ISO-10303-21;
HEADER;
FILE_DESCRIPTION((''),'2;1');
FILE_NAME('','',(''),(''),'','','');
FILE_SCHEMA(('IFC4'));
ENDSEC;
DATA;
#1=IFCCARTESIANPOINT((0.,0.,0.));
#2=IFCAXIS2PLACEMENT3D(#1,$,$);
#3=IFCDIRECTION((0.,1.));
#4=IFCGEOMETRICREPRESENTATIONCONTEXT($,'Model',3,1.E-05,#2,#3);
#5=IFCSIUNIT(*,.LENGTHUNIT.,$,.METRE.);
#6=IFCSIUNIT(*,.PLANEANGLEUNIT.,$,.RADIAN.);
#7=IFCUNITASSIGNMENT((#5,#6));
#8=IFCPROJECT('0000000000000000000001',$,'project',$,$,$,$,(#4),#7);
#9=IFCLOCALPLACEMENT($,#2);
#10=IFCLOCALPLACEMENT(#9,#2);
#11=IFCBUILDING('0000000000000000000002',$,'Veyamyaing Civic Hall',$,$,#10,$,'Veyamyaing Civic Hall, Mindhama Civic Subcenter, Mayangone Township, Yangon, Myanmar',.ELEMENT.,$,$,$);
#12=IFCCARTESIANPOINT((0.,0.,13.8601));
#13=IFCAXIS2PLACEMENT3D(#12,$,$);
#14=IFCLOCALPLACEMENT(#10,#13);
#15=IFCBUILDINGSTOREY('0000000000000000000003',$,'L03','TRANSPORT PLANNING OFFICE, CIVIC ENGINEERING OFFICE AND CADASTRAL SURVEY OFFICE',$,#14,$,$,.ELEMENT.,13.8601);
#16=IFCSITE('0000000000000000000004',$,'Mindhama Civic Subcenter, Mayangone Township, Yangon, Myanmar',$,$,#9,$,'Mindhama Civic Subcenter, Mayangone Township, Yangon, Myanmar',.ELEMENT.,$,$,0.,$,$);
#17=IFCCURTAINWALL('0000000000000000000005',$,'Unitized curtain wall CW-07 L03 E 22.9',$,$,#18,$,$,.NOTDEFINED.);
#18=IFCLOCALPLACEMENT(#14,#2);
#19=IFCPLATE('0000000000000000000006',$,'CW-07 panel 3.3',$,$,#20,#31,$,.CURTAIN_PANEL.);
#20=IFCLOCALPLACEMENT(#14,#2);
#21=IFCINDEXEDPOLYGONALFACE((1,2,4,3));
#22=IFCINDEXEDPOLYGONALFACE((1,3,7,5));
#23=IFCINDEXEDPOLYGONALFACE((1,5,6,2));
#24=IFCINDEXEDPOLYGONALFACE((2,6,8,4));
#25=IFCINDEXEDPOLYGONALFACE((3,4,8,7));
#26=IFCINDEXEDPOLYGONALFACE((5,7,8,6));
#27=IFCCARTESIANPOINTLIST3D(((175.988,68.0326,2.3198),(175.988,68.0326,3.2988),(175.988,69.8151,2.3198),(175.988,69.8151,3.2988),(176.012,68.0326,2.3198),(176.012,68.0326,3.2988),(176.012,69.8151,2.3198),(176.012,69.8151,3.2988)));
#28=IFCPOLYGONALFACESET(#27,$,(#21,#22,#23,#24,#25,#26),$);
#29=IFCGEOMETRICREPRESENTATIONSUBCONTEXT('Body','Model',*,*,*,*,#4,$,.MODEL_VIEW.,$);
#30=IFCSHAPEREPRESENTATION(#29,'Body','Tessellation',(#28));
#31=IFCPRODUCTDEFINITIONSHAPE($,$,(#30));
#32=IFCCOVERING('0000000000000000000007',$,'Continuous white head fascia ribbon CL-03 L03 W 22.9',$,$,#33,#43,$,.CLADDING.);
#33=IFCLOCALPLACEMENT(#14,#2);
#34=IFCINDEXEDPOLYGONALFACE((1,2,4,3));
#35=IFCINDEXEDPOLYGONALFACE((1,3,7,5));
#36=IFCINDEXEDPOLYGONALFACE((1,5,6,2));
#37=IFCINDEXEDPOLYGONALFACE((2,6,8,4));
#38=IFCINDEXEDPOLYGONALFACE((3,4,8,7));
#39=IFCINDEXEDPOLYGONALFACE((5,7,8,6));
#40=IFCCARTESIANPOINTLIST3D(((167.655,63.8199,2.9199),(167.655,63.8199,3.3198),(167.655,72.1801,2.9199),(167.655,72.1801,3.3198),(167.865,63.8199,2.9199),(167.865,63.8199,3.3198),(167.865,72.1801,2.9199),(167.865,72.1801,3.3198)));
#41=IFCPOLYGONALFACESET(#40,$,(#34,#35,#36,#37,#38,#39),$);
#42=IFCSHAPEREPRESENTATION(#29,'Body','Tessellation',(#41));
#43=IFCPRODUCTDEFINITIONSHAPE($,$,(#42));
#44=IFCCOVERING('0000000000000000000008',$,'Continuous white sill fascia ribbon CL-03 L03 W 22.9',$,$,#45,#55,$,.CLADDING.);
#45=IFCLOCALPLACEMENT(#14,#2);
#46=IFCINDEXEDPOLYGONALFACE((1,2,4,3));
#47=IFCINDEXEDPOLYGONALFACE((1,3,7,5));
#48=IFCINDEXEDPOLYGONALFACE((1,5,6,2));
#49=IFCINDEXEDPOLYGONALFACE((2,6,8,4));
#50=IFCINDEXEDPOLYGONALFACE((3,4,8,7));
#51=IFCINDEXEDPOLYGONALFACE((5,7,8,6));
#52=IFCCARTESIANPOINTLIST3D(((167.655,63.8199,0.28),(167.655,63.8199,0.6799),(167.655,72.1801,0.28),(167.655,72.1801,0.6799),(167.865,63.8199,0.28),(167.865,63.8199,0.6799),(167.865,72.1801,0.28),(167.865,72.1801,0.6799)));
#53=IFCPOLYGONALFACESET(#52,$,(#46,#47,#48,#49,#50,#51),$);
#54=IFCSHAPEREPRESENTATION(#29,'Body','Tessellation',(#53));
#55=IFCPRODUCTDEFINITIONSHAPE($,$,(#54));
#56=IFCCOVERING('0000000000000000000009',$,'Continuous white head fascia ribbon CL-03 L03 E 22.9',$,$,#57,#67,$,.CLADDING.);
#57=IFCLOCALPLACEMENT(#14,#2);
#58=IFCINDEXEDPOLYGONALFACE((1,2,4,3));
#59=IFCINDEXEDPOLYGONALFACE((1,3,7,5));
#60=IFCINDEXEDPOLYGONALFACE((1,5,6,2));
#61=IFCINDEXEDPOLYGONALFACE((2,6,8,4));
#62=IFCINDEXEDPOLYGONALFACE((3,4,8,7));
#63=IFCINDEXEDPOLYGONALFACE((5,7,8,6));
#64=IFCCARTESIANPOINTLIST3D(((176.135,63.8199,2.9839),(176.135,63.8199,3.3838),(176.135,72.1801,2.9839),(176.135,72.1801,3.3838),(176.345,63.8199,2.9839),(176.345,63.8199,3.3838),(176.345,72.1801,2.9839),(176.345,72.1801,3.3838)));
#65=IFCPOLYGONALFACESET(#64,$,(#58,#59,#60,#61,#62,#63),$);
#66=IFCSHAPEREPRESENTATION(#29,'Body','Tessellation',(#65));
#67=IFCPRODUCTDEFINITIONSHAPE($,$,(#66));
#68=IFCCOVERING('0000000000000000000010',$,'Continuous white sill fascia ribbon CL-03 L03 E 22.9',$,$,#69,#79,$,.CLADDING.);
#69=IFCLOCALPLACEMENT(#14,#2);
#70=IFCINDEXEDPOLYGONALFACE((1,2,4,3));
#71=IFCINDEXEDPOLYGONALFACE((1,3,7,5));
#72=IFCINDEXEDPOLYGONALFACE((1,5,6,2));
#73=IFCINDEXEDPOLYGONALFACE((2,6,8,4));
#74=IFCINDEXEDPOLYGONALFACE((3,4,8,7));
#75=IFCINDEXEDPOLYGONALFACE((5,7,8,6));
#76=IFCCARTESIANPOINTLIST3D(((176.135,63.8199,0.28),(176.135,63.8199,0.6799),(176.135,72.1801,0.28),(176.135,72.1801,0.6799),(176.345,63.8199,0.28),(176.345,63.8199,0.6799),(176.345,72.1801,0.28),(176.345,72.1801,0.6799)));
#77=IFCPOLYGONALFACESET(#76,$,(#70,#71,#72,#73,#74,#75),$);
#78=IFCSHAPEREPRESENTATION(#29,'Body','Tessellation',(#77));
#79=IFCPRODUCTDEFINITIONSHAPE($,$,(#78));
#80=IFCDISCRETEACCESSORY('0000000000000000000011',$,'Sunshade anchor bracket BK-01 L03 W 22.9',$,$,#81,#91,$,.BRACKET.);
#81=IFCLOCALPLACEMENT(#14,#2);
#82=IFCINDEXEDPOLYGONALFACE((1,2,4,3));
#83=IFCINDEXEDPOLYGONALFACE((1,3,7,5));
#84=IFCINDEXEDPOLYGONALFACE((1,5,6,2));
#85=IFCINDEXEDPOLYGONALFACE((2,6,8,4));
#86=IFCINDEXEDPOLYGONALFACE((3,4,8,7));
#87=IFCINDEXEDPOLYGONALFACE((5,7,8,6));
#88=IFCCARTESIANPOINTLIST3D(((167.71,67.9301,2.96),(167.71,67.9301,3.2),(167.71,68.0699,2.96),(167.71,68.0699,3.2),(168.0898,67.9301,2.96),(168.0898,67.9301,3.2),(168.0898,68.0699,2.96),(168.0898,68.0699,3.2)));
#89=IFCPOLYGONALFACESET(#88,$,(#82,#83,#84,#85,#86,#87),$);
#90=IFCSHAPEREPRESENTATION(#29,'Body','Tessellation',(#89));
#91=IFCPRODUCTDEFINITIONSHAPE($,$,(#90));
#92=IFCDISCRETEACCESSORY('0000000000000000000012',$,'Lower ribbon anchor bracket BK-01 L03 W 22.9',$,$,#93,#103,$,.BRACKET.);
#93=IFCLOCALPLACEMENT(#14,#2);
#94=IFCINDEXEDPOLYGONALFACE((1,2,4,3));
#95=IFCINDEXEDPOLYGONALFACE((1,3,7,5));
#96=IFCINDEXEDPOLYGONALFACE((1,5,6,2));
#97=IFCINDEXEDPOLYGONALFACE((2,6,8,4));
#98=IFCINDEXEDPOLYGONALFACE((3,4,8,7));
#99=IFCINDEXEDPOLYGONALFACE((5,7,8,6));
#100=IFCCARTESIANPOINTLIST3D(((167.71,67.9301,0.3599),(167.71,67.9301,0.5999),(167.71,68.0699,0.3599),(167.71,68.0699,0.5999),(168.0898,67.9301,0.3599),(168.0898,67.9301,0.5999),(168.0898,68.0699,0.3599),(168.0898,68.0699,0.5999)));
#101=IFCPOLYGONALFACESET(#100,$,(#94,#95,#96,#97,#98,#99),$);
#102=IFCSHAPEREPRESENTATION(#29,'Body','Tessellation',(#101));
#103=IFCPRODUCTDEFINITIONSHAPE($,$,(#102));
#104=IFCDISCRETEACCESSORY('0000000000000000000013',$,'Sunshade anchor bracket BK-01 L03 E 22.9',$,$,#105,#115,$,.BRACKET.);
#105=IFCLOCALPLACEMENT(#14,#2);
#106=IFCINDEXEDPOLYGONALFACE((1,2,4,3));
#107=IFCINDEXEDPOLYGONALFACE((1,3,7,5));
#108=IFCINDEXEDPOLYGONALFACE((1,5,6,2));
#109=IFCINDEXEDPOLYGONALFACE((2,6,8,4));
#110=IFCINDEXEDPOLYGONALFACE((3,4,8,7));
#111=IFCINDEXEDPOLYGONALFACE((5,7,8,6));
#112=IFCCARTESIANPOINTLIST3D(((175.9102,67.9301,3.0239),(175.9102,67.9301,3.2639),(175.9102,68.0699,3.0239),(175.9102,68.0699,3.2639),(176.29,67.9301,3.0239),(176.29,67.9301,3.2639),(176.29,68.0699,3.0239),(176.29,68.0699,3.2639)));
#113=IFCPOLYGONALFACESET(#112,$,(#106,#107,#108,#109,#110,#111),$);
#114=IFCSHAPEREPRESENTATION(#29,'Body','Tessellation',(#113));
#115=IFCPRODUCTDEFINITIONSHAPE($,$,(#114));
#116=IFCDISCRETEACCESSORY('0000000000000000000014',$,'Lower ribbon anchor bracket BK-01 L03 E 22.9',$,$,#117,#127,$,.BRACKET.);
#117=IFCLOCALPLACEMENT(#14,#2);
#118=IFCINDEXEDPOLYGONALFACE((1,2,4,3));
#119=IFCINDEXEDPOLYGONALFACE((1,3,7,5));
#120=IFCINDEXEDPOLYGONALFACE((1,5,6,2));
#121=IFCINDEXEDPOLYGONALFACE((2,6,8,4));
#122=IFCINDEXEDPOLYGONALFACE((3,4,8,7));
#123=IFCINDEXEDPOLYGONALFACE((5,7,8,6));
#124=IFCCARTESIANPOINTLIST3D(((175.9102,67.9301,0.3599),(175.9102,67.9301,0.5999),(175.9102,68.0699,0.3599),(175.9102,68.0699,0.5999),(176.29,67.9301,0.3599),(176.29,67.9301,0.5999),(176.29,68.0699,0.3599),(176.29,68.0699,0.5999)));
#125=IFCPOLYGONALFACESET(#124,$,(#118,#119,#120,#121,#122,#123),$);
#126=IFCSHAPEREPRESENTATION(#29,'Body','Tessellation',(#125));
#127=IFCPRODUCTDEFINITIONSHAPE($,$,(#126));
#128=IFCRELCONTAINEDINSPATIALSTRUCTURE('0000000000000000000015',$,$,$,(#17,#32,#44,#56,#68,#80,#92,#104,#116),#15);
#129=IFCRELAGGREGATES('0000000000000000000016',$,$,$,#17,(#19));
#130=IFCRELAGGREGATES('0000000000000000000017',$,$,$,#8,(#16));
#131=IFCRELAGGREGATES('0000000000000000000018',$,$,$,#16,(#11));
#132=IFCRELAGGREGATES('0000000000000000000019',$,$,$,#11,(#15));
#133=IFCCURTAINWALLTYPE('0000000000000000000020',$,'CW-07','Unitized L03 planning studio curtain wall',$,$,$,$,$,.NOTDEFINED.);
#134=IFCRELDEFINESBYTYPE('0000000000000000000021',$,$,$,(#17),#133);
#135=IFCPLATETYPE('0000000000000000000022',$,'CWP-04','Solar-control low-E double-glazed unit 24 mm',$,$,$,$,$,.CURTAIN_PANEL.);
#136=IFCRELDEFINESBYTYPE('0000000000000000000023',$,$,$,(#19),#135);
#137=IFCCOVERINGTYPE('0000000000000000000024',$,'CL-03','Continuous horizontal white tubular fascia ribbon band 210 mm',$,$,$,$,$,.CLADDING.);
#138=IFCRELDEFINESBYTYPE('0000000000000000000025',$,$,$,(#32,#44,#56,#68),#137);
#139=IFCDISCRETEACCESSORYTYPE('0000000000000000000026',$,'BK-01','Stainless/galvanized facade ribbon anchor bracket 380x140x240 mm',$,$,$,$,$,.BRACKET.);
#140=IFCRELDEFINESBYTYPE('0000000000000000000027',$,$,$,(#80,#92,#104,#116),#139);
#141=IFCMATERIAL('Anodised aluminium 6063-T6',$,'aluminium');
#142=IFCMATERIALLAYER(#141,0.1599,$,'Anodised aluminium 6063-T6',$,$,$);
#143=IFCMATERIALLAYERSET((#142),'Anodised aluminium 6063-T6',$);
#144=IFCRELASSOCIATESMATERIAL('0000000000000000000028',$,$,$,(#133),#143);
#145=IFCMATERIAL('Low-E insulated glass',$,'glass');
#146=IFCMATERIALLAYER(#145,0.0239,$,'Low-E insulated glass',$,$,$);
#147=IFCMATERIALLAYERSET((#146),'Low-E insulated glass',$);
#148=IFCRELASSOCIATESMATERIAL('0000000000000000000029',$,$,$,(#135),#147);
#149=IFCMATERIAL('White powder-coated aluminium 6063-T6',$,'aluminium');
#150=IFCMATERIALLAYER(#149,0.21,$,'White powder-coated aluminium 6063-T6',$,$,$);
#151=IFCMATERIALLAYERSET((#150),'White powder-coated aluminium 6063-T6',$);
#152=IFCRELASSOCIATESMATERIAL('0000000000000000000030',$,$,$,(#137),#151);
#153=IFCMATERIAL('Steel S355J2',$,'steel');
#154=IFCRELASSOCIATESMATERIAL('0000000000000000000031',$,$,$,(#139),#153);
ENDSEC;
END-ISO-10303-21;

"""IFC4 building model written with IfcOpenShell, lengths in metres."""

from ifc_helpers import new_model, si_unit, direction, frame, origin, origin_2d, place, context, subcontext, project, spatial, rectangle, extrude, material, layer, layer_set, type_object, element, aggregate, save


model = new_model("IFC4")

# Units and contexts
model_context = context("Model", 3, precision=1e-05, world=origin(), true_north=direction((0.0, 1.0)))
body_context = subcontext(model_context, "Body", "Model", "MODEL_VIEW")
ifc_project = project(units=[si_unit("LENGTHUNIT", "METRE"), si_unit("PLANEANGLEUNIT", "RADIAN")], contexts=[model_context])

# Site, building, storey
site_placement = place(None, origin())
site = spatial("IfcSite", under=ifc_project, at=site_placement, Name="Mindhama Civic Subcenter, Mayangone Township, Yangon, Myanmar", LongName="Mindhama Civic Subcenter, Mayangone Township, Yangon, Myanmar", CompositionType="ELEMENT", RefElevation=0.0)
building_placement = place(site_placement, origin())
building = spatial("IfcBuilding", under=site, at=building_placement, Name="Veyamyaing Civic Hall", LongName="Veyamyaing Civic Hall, Mindhama Civic Subcenter, Mayangone Township, Yangon, Myanmar", CompositionType="ELEMENT")
storey_placement = place(building_placement, frame((0.0, 0.0, 13.8601)))
storey = spatial("IfcBuildingStorey", under=building, at=storey_placement, Name="L03", Description="TRANSPORT PLANNING OFFICE, CIVIC ENGINEERING OFFICE AND CADASTRAL SURVEY OFFICE", CompositionType="ELEMENT", Elevation=13.8601)

# Curtain wall
ifc_material_1 = material(Name="Anodised aluminium 6063-T6", Category="aluminium")
ifc_layer_1 = layer(ifc_material_1, 0.1599, Name="Anodised aluminium 6063-T6")
ifc_layer_set_1 = layer_set([ifc_layer_1], Name="Anodised aluminium 6063-T6")
curtain_wall_type = type_object("IfcCurtainWallType", Name="CW-07", Description="Unitized L03 planning studio curtain wall", PredefinedType="NOTDEFINED", material=ifc_layer_set_1)
curtain_wall_1_placement = place(storey_placement, origin())
curtain_wall_1 = element("IfcCurtainWall", 1, at=curtain_wall_1_placement, inside=storey, type_object=curtain_wall_type, Name="Unitized curtain wall CW-07 L03 E 22.9", PredefinedType="NOTDEFINED")

# Plate
ifc_material_2 = material(Name="Low-E insulated glass", Category="glass")
ifc_layer_2 = layer(ifc_material_2, 0.0239, Name="Low-E insulated glass")
ifc_layer_set_2 = layer_set([ifc_layer_2], Name="Low-E insulated glass")
plate_type = type_object("IfcPlateType", Name="CWP-04", Description="Solar-control low-E double-glazed unit 24 mm", PredefinedType="CURTAIN_PANEL", material=ifc_layer_set_2)
plate_1_placement = place(storey_placement, frame((176.0, 68.9238, 2.3198), z_axis=(0.0, 0.0, 1.0), x_axis=(0.0, 1.0, 0.0)))
plate_1 = element("IfcPlate", 2, at=plate_1_placement, type_object=plate_type, Name="CW-07 panel 3.3", PredefinedType="CURTAIN_PANEL", context=body_context, shape_type="SweptSolid", body=[
    extrude(rectangle(XDim=1.7825, YDim=0.0239, at=origin_2d()), origin(), (0.0, 0.0, 1.0), 0.979),
])
aggregate(curtain_wall_1, [plate_1])

# Coverings
ifc_material_3 = material(Name="White powder-coated aluminium 6063-T6", Category="aluminium")
ifc_layer_3 = layer(ifc_material_3, 0.21, Name="White powder-coated aluminium 6063-T6")
ifc_layer_set_3 = layer_set([ifc_layer_3], Name="White powder-coated aluminium 6063-T6")
covering_type = type_object("IfcCoveringType", Name="CL-03", Description="Continuous horizontal white tubular fascia ribbon band 210 mm", PredefinedType="CLADDING", material=ifc_layer_set_3)
for number, where, z_axis, x_axis, name in (
    (3, (167.76, 68.0, 2.9199), (0.0, 0.0, 1.0), (0.0, 1.0, 0.0), "Continuous white head fascia ribbon CL-03 L03 W 22.9"),
    (4, (167.76, 68.0, 0.28), (0.0, 0.0, 1.0), (0.0, 1.0, 0.0), "Continuous white sill fascia ribbon CL-03 L03 W 22.9"),
    (5, (176.24, 68.0, 2.9839), (0.0, 0.0, 1.0), (0.0, 1.0, 0.0), "Continuous white head fascia ribbon CL-03 L03 E 22.9"),
    (6, (176.24, 68.0, 0.28), (0.0, 0.0, 1.0), (0.0, 1.0, 0.0), "Continuous white sill fascia ribbon CL-03 L03 E 22.9"),
):
    element("IfcCovering", number, at=place(storey_placement, frame(where, z_axis=z_axis, x_axis=x_axis)), inside=storey, type_object=covering_type, Name=name, PredefinedType="CLADDING", context=body_context, shape_type="SweptSolid", body=[
        extrude(rectangle(XDim=8.3601, YDim=0.21, at=origin_2d()), origin(), (0.0, 0.0, 1.0), 0.3999),
    ])

# Discrete accessories
ifc_material_4 = material(Name="Steel S355J2", Category="steel")
discrete_accessory_type = type_object("IfcDiscreteAccessoryType", Name="BK-01", Description="Stainless/galvanized facade ribbon anchor bracket 380x140x240 mm", PredefinedType="BRACKET", material=ifc_material_4)
for number, where, z_axis, x_axis, name in (
    (7, (167.8999, 68.0, 2.96), (0.0, 0.0, 1.0), (-1.0, 0.0, 0.0), "Sunshade anchor bracket BK-01 L03 W 22.9"),
    (8, (167.8999, 68.0, 0.3599), (0.0, 0.0, 1.0), (-1.0, 0.0, 0.0), "Lower ribbon anchor bracket BK-01 L03 W 22.9"),
    (9, (176.1001, 68.0, 3.0239), (0.0, 0.0, 1.0), (1.0, 0.0, 0.0), "Sunshade anchor bracket BK-01 L03 E 22.9"),
    (10, (176.1001, 68.0, 0.3599), (0.0, 0.0, 1.0), (1.0, 0.0, 0.0), "Lower ribbon anchor bracket BK-01 L03 E 22.9"),
):
    element("IfcDiscreteAccessory", number, at=place(storey_placement, frame(where, z_axis=z_axis, x_axis=x_axis)), inside=storey, type_object=discrete_accessory_type, Name=name, PredefinedType="BRACKET", context=body_context, shape_type="SweptSolid", body=[
        extrude(rectangle(XDim=0.3799, YDim=0.1399, at=origin_2d()), origin(), (0.0, 0.0, 1.0), 0.24),
    ])

save(model, "model.ifc")
